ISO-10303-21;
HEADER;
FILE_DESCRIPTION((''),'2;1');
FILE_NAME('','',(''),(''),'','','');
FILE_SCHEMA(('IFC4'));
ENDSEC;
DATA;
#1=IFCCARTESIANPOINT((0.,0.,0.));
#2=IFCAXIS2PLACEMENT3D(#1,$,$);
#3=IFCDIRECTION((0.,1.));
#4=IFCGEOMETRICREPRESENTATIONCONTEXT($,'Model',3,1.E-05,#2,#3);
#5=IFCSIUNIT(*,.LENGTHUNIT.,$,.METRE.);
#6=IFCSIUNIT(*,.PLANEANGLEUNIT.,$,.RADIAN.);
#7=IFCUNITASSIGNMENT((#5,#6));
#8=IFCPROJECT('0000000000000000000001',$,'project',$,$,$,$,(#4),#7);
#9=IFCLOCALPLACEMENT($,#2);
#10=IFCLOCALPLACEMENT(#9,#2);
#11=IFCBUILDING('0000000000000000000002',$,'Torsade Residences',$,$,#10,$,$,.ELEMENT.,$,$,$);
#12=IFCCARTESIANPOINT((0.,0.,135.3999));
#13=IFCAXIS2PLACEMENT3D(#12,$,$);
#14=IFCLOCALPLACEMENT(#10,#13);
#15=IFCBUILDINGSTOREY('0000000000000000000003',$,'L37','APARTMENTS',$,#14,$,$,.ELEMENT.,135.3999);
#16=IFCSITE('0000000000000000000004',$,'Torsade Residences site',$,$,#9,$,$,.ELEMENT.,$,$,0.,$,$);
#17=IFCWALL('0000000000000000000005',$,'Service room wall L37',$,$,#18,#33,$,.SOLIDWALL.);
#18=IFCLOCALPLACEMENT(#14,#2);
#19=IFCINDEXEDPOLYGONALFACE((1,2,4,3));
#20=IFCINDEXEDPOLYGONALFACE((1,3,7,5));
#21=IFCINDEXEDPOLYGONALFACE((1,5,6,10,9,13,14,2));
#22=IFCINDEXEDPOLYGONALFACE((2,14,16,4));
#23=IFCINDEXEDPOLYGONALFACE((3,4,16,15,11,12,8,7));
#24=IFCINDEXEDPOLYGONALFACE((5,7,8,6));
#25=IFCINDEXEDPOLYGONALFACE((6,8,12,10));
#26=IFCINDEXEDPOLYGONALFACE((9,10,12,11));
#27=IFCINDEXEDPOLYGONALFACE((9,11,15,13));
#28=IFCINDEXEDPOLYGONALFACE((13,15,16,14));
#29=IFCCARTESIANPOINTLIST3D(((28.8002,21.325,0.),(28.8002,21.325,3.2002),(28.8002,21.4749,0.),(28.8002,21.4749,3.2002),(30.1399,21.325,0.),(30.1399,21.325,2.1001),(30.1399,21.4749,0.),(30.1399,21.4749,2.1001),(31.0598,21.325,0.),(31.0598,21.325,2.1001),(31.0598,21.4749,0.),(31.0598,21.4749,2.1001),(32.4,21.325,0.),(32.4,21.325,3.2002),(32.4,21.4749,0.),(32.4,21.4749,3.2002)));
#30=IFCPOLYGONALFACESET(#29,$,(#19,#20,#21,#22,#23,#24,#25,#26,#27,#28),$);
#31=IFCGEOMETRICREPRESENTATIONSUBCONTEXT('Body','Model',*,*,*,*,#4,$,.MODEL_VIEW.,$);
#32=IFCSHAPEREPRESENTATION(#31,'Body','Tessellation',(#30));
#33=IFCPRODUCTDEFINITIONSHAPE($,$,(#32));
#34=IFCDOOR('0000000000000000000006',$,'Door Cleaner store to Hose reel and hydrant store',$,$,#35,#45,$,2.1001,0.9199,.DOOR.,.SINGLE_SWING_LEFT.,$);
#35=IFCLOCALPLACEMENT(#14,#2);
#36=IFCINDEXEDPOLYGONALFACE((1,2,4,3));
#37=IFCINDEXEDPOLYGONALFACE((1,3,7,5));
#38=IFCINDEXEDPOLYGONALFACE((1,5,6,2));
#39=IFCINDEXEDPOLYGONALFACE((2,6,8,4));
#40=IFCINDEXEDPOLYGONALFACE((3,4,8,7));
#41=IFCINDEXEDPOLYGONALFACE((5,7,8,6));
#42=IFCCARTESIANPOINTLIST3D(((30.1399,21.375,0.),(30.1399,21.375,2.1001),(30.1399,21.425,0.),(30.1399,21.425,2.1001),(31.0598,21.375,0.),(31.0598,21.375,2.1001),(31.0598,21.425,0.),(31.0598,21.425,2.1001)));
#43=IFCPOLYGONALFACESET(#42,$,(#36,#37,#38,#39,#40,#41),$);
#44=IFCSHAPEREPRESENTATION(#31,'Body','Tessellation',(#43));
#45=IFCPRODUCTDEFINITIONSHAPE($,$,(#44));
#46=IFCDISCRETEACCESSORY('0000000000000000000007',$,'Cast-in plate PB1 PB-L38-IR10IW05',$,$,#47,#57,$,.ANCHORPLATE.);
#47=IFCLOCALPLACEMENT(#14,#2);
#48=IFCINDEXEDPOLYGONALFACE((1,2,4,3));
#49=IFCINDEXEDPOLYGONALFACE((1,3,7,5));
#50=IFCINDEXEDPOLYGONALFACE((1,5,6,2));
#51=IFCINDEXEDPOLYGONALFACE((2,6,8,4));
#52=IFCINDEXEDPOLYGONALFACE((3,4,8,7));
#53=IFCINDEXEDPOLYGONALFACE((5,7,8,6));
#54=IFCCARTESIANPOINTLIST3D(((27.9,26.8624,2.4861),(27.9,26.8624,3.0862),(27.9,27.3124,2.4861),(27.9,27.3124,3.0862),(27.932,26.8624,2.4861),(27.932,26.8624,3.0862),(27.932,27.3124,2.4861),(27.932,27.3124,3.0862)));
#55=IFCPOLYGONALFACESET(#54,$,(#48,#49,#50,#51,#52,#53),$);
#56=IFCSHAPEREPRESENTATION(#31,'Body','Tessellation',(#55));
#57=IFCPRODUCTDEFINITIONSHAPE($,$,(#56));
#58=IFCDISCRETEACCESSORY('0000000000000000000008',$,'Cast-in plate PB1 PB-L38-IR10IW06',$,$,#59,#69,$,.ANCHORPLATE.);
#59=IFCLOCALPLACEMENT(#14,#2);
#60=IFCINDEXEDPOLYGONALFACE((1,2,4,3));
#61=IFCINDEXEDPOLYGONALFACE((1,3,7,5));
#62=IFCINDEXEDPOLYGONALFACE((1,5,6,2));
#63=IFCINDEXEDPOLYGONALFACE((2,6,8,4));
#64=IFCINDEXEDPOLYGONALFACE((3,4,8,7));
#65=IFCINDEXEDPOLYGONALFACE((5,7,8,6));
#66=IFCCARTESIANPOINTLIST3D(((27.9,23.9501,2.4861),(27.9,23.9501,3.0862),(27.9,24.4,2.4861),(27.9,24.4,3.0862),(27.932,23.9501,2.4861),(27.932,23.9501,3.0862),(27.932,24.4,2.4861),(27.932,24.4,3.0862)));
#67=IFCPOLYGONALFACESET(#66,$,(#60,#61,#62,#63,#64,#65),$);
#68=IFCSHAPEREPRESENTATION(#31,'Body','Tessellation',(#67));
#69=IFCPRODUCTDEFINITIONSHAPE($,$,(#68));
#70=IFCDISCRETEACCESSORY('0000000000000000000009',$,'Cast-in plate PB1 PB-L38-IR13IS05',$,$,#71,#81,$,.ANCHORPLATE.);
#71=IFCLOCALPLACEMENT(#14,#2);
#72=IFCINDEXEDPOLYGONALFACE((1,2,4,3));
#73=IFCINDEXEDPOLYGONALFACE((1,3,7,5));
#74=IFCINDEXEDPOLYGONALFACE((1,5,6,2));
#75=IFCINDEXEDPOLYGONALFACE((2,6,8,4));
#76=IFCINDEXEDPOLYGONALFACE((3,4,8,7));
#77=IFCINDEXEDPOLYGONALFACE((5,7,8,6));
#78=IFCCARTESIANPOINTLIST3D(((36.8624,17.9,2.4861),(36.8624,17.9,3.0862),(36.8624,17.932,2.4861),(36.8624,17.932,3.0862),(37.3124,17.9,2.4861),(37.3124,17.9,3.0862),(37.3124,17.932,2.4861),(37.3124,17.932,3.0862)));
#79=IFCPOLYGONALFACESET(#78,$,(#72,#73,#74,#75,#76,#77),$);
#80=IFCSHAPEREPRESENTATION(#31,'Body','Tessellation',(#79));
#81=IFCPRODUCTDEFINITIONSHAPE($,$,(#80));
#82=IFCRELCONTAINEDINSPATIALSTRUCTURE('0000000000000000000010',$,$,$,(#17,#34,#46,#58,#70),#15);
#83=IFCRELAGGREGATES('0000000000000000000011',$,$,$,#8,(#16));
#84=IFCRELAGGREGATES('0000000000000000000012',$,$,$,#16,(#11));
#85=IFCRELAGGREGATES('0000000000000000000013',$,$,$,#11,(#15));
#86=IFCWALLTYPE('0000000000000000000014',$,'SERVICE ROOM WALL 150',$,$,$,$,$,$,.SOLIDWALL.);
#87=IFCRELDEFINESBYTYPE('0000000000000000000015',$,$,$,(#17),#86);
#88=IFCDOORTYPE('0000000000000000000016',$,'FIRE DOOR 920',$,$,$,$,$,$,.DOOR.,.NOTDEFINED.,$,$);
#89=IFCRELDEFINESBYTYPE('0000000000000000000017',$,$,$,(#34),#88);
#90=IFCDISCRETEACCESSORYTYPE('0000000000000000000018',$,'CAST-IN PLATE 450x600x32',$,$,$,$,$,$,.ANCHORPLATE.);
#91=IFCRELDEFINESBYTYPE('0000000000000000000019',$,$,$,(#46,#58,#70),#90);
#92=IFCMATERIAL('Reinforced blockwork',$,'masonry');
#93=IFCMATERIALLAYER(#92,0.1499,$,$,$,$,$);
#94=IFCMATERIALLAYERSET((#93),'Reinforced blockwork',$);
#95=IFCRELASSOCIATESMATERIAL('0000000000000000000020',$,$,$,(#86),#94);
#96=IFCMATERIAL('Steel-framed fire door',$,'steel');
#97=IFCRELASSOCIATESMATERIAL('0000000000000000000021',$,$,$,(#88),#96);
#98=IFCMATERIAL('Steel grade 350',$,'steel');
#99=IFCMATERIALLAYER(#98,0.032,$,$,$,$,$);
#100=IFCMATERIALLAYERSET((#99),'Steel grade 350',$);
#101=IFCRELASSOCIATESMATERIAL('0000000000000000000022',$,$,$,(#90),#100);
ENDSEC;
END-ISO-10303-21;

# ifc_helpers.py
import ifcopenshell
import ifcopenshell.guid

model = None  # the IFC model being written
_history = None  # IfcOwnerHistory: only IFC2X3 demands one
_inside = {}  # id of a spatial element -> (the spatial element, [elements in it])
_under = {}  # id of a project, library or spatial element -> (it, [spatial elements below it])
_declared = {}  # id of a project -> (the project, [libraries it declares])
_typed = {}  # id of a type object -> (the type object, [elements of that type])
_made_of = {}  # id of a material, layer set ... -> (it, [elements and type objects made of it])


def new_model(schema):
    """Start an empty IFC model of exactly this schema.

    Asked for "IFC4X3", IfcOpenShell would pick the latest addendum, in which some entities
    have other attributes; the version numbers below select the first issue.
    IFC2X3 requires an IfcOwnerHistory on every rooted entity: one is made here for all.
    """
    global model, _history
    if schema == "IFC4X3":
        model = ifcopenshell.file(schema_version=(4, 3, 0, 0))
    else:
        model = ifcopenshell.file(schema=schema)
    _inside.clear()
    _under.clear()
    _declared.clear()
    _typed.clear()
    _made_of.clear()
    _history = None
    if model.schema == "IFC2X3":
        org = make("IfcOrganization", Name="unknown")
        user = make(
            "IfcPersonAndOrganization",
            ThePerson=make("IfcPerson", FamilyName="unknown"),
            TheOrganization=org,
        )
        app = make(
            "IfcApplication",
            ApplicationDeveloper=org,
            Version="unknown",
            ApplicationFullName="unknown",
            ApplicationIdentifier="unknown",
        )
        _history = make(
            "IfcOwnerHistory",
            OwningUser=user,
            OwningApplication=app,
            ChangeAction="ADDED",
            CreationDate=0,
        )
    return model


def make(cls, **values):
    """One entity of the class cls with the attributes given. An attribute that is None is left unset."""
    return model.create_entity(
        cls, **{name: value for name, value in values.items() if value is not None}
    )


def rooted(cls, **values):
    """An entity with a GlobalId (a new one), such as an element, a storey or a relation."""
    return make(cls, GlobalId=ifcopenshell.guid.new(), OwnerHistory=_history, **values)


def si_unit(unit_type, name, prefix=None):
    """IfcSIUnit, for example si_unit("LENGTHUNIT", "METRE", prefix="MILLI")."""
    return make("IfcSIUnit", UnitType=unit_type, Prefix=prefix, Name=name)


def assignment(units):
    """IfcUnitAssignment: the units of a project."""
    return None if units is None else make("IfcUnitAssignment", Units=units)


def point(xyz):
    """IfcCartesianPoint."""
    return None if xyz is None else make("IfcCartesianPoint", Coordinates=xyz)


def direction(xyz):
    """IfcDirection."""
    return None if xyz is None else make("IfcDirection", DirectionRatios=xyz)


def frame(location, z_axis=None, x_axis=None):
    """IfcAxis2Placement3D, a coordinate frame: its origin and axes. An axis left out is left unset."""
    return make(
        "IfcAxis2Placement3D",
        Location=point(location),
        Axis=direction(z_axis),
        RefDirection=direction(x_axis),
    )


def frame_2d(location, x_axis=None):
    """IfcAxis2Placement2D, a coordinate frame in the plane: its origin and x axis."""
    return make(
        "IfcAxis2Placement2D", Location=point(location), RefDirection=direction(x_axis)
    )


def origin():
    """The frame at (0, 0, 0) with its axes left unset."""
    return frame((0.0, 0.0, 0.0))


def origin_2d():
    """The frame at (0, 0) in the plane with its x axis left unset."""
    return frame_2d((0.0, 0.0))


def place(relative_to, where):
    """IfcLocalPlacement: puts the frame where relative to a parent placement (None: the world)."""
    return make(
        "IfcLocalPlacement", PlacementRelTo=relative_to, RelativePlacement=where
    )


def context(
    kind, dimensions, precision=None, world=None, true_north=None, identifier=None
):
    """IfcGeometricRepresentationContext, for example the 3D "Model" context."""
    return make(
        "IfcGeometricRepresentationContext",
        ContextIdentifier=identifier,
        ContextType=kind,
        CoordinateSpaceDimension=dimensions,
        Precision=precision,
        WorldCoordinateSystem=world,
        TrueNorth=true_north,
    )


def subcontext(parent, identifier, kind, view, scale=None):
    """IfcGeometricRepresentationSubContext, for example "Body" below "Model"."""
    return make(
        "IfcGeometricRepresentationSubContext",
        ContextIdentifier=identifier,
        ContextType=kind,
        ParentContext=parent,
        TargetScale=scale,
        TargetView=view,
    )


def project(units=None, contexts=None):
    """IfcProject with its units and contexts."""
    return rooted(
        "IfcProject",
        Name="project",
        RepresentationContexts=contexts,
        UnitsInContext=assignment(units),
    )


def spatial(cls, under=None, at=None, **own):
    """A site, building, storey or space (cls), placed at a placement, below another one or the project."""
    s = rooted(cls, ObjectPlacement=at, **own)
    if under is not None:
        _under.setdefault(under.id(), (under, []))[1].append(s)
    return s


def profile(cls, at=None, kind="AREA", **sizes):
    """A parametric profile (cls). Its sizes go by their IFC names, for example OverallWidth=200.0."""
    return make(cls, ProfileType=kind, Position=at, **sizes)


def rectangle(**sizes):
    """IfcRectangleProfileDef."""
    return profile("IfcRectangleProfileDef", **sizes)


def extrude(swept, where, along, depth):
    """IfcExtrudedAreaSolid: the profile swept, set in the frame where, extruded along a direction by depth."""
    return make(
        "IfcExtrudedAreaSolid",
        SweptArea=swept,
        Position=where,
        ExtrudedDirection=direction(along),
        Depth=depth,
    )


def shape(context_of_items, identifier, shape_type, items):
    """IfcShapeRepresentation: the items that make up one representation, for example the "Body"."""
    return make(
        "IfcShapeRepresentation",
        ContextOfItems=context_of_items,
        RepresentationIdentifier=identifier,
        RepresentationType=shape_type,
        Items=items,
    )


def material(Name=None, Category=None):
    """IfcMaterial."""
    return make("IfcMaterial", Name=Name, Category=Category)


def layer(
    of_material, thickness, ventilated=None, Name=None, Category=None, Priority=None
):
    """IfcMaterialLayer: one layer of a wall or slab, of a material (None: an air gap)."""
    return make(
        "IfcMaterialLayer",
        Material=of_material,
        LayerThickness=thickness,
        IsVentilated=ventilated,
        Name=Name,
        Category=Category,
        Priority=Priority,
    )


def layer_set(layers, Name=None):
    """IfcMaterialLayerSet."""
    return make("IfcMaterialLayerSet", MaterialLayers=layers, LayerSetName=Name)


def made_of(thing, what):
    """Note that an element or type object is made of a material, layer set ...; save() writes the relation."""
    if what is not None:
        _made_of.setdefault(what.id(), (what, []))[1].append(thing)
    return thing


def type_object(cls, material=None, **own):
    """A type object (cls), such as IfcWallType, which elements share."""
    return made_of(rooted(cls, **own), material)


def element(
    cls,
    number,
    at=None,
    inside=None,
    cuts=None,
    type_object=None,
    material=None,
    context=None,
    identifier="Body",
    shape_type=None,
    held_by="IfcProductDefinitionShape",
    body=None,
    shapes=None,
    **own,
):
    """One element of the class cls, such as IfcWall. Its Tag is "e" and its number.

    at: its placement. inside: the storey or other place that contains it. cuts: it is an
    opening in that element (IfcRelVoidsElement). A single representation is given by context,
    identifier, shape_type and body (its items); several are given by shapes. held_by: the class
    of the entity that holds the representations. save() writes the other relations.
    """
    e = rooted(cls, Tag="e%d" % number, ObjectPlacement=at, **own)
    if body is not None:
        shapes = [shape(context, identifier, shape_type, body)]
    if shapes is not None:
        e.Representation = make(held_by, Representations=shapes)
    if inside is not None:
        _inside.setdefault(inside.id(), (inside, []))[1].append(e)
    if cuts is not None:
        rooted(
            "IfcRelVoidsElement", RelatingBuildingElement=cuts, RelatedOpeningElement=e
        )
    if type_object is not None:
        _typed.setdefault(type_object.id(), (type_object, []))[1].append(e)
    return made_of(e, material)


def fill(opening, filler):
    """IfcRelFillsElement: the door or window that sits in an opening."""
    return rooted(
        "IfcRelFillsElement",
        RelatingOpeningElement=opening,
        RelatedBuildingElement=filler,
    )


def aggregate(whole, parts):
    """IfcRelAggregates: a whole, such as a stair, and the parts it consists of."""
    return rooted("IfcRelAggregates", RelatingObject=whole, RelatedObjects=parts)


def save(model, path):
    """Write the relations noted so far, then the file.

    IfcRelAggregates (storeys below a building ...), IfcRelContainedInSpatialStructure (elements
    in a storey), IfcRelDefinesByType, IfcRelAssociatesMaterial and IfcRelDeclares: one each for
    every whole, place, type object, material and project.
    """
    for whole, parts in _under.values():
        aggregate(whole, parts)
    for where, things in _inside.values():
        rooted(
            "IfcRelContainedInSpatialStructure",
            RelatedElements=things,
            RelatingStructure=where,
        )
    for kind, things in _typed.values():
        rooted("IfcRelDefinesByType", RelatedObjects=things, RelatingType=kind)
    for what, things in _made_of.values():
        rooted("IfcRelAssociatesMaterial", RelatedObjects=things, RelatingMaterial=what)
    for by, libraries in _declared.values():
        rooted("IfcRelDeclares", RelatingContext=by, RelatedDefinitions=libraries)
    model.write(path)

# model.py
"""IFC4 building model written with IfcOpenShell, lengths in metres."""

from ifc_helpers import new_model, si_unit, direction, frame, frame_2d, origin, origin_2d, place, context, subcontext, project, spatial, rectangle, extrude, material, layer, layer_set, type_object, element, fill, save


model = new_model("IFC4")

# Units and contexts
model_context = context("Model", 3, precision=1e-05, world=origin(), true_north=direction((0.0, 1.0)))
body_context = subcontext(model_context, "Body", "Model", "MODEL_VIEW")
ifc_project = project(units=[si_unit("LENGTHUNIT", "METRE"), si_unit("PLANEANGLEUNIT", "RADIAN")], contexts=[model_context])

# Site, building, storey
site_placement = place(None, origin())
site = spatial("IfcSite", under=ifc_project, at=site_placement, Name="Torsade Residences site", CompositionType="ELEMENT", RefElevation=0.0)
building_placement = place(site_placement, origin())
building = spatial("IfcBuilding", under=site, at=building_placement, Name="Torsade Residences", CompositionType="ELEMENT")
storey_placement = place(building_placement, frame((0.0, 0.0, 135.3999)))
storey = spatial("IfcBuildingStorey", under=building, at=storey_placement, Name="L37", Description="APARTMENTS", CompositionType="ELEMENT", Elevation=135.3999)

# Shared definitions
ifc_material_1 = material(Name="Reinforced blockwork", Category="masonry")
ifc_layer_1 = layer(ifc_material_1, 0.1499)
ifc_layer_set_1 = layer_set([ifc_layer_1], Name="Reinforced blockwork")
wall_type_1 = type_object("IfcWallType", Name="SERVICE ROOM WALL 150", PredefinedType="SOLIDWALL", material=ifc_layer_set_1)

# Wall, opening, door
wall_1_placement = place(storey_placement, frame((32.3999, 21.3999, 0.0), z_axis=(0.0, 0.0, 1.0), x_axis=(-1.0, 0.0, 0.0)))
wall_1 = element("IfcWall", 1, at=wall_1_placement, inside=storey, type_object=wall_type_1, Name="Service room wall L37", PredefinedType="SOLIDWALL", context=body_context, shape_type="SweptSolid", body=[
    extrude(rectangle(XDim=3.5999, YDim=0.1499, at=frame_2d((1.7998, 0.0))), origin(), (0.0, 0.0, 1.0), 3.2002),
])
opening_placement = place(wall_1_placement, frame((1.3401, 0.0, 0.0)))
opening = element("IfcOpeningElement", 2, at=opening_placement, cuts=wall_1, PredefinedType="OPENING", context=body_context, shape_type="SweptSolid", body=[
    extrude(rectangle(XDim=0.9199, YDim=2.1001, at=frame_2d((0.46, 1.05))), frame((0.0, 0.085, 0.0), z_axis=(0.0, -1.0, 0.0), x_axis=(1.0, 0.0, 0.0)), (0.0, 0.0, 1.0), 0.1699),
])
ifc_material_2 = material(Name="Steel-framed fire door", Category="steel")
door_type = type_object("IfcDoorType", Name="FIRE DOOR 920", OperationType="NOTDEFINED", PredefinedType="DOOR", material=ifc_material_2)
door_placement = place(opening_placement, origin())
door = element("IfcDoor", 3, at=door_placement, inside=storey, type_object=door_type, Name="Door Cleaner store to Hose reel and hydrant store", OperationType="SINGLE_SWING_LEFT", OverallHeight=2.1001, OverallWidth=0.9199, PredefinedType="DOOR", context=body_context, shape_type="SweptSolid", body=[
    extrude(rectangle(XDim=0.9199, YDim=2.1001, at=frame_2d((0.46, 1.05))), frame((0.0, 0.0249, 0.0), z_axis=(0.0, -1.0, 0.0), x_axis=(1.0, 0.0, 0.0)), (0.0, 0.0, 1.0), 0.05),
])
fill(opening, door)

# Discrete accessories
ifc_material_3 = material(Name="Steel grade 350", Category="steel")
ifc_layer_2 = layer(ifc_material_3, 0.032)
ifc_layer_set_2 = layer_set([ifc_layer_2], Name="Steel grade 350")
discrete_accessory_type = type_object("IfcDiscreteAccessoryType", Name="CAST-IN PLATE 450x600x32", PredefinedType="ANCHORPLATE", material=ifc_layer_set_2)
for number, where, z_axis, x_axis, name in (
    (4, (27.916, 27.0874, 2.4861), (0.0, 0.0, 1.0), (1.0, 0.0, 0.0), "Cast-in plate PB1 PB-L38-IR10IW05"),
    (5, (27.916, 24.175, 2.4861), (0.0, 0.0, 1.0), (1.0, 0.0, 0.0), "Cast-in plate PB1 PB-L38-IR10IW06"),
):
    element("IfcDiscreteAccessory", number, at=place(storey_placement, frame(where, z_axis=z_axis, x_axis=x_axis)), inside=storey, type_object=discrete_accessory_type, Name=name, PredefinedType="ANCHORPLATE", context=body_context, shape_type="SweptSolid", body=[
        extrude(rectangle(XDim=0.032, YDim=0.45, at=origin_2d()), origin(), (0.0, 0.0, 1.0), 0.6001),
    ])
discrete_accessory_placement = place(storey_placement, frame((37.0874, 17.916, 2.4861), z_axis=(0.0, 0.0, 1.0), x_axis=(1.0, 0.0, 0.0)))
element("IfcDiscreteAccessory", 6, at=discrete_accessory_placement, inside=storey, type_object=discrete_accessory_type, Name="Cast-in plate PB1 PB-L38-IR13IS05", PredefinedType="ANCHORPLATE", context=body_context, shape_type="SweptSolid", body=[
    extrude(rectangle(XDim=0.45, YDim=0.032, at=origin_2d()), origin(), (0.0, 0.0, 1.0), 0.6001),
])

save(model, "model.ifc")
